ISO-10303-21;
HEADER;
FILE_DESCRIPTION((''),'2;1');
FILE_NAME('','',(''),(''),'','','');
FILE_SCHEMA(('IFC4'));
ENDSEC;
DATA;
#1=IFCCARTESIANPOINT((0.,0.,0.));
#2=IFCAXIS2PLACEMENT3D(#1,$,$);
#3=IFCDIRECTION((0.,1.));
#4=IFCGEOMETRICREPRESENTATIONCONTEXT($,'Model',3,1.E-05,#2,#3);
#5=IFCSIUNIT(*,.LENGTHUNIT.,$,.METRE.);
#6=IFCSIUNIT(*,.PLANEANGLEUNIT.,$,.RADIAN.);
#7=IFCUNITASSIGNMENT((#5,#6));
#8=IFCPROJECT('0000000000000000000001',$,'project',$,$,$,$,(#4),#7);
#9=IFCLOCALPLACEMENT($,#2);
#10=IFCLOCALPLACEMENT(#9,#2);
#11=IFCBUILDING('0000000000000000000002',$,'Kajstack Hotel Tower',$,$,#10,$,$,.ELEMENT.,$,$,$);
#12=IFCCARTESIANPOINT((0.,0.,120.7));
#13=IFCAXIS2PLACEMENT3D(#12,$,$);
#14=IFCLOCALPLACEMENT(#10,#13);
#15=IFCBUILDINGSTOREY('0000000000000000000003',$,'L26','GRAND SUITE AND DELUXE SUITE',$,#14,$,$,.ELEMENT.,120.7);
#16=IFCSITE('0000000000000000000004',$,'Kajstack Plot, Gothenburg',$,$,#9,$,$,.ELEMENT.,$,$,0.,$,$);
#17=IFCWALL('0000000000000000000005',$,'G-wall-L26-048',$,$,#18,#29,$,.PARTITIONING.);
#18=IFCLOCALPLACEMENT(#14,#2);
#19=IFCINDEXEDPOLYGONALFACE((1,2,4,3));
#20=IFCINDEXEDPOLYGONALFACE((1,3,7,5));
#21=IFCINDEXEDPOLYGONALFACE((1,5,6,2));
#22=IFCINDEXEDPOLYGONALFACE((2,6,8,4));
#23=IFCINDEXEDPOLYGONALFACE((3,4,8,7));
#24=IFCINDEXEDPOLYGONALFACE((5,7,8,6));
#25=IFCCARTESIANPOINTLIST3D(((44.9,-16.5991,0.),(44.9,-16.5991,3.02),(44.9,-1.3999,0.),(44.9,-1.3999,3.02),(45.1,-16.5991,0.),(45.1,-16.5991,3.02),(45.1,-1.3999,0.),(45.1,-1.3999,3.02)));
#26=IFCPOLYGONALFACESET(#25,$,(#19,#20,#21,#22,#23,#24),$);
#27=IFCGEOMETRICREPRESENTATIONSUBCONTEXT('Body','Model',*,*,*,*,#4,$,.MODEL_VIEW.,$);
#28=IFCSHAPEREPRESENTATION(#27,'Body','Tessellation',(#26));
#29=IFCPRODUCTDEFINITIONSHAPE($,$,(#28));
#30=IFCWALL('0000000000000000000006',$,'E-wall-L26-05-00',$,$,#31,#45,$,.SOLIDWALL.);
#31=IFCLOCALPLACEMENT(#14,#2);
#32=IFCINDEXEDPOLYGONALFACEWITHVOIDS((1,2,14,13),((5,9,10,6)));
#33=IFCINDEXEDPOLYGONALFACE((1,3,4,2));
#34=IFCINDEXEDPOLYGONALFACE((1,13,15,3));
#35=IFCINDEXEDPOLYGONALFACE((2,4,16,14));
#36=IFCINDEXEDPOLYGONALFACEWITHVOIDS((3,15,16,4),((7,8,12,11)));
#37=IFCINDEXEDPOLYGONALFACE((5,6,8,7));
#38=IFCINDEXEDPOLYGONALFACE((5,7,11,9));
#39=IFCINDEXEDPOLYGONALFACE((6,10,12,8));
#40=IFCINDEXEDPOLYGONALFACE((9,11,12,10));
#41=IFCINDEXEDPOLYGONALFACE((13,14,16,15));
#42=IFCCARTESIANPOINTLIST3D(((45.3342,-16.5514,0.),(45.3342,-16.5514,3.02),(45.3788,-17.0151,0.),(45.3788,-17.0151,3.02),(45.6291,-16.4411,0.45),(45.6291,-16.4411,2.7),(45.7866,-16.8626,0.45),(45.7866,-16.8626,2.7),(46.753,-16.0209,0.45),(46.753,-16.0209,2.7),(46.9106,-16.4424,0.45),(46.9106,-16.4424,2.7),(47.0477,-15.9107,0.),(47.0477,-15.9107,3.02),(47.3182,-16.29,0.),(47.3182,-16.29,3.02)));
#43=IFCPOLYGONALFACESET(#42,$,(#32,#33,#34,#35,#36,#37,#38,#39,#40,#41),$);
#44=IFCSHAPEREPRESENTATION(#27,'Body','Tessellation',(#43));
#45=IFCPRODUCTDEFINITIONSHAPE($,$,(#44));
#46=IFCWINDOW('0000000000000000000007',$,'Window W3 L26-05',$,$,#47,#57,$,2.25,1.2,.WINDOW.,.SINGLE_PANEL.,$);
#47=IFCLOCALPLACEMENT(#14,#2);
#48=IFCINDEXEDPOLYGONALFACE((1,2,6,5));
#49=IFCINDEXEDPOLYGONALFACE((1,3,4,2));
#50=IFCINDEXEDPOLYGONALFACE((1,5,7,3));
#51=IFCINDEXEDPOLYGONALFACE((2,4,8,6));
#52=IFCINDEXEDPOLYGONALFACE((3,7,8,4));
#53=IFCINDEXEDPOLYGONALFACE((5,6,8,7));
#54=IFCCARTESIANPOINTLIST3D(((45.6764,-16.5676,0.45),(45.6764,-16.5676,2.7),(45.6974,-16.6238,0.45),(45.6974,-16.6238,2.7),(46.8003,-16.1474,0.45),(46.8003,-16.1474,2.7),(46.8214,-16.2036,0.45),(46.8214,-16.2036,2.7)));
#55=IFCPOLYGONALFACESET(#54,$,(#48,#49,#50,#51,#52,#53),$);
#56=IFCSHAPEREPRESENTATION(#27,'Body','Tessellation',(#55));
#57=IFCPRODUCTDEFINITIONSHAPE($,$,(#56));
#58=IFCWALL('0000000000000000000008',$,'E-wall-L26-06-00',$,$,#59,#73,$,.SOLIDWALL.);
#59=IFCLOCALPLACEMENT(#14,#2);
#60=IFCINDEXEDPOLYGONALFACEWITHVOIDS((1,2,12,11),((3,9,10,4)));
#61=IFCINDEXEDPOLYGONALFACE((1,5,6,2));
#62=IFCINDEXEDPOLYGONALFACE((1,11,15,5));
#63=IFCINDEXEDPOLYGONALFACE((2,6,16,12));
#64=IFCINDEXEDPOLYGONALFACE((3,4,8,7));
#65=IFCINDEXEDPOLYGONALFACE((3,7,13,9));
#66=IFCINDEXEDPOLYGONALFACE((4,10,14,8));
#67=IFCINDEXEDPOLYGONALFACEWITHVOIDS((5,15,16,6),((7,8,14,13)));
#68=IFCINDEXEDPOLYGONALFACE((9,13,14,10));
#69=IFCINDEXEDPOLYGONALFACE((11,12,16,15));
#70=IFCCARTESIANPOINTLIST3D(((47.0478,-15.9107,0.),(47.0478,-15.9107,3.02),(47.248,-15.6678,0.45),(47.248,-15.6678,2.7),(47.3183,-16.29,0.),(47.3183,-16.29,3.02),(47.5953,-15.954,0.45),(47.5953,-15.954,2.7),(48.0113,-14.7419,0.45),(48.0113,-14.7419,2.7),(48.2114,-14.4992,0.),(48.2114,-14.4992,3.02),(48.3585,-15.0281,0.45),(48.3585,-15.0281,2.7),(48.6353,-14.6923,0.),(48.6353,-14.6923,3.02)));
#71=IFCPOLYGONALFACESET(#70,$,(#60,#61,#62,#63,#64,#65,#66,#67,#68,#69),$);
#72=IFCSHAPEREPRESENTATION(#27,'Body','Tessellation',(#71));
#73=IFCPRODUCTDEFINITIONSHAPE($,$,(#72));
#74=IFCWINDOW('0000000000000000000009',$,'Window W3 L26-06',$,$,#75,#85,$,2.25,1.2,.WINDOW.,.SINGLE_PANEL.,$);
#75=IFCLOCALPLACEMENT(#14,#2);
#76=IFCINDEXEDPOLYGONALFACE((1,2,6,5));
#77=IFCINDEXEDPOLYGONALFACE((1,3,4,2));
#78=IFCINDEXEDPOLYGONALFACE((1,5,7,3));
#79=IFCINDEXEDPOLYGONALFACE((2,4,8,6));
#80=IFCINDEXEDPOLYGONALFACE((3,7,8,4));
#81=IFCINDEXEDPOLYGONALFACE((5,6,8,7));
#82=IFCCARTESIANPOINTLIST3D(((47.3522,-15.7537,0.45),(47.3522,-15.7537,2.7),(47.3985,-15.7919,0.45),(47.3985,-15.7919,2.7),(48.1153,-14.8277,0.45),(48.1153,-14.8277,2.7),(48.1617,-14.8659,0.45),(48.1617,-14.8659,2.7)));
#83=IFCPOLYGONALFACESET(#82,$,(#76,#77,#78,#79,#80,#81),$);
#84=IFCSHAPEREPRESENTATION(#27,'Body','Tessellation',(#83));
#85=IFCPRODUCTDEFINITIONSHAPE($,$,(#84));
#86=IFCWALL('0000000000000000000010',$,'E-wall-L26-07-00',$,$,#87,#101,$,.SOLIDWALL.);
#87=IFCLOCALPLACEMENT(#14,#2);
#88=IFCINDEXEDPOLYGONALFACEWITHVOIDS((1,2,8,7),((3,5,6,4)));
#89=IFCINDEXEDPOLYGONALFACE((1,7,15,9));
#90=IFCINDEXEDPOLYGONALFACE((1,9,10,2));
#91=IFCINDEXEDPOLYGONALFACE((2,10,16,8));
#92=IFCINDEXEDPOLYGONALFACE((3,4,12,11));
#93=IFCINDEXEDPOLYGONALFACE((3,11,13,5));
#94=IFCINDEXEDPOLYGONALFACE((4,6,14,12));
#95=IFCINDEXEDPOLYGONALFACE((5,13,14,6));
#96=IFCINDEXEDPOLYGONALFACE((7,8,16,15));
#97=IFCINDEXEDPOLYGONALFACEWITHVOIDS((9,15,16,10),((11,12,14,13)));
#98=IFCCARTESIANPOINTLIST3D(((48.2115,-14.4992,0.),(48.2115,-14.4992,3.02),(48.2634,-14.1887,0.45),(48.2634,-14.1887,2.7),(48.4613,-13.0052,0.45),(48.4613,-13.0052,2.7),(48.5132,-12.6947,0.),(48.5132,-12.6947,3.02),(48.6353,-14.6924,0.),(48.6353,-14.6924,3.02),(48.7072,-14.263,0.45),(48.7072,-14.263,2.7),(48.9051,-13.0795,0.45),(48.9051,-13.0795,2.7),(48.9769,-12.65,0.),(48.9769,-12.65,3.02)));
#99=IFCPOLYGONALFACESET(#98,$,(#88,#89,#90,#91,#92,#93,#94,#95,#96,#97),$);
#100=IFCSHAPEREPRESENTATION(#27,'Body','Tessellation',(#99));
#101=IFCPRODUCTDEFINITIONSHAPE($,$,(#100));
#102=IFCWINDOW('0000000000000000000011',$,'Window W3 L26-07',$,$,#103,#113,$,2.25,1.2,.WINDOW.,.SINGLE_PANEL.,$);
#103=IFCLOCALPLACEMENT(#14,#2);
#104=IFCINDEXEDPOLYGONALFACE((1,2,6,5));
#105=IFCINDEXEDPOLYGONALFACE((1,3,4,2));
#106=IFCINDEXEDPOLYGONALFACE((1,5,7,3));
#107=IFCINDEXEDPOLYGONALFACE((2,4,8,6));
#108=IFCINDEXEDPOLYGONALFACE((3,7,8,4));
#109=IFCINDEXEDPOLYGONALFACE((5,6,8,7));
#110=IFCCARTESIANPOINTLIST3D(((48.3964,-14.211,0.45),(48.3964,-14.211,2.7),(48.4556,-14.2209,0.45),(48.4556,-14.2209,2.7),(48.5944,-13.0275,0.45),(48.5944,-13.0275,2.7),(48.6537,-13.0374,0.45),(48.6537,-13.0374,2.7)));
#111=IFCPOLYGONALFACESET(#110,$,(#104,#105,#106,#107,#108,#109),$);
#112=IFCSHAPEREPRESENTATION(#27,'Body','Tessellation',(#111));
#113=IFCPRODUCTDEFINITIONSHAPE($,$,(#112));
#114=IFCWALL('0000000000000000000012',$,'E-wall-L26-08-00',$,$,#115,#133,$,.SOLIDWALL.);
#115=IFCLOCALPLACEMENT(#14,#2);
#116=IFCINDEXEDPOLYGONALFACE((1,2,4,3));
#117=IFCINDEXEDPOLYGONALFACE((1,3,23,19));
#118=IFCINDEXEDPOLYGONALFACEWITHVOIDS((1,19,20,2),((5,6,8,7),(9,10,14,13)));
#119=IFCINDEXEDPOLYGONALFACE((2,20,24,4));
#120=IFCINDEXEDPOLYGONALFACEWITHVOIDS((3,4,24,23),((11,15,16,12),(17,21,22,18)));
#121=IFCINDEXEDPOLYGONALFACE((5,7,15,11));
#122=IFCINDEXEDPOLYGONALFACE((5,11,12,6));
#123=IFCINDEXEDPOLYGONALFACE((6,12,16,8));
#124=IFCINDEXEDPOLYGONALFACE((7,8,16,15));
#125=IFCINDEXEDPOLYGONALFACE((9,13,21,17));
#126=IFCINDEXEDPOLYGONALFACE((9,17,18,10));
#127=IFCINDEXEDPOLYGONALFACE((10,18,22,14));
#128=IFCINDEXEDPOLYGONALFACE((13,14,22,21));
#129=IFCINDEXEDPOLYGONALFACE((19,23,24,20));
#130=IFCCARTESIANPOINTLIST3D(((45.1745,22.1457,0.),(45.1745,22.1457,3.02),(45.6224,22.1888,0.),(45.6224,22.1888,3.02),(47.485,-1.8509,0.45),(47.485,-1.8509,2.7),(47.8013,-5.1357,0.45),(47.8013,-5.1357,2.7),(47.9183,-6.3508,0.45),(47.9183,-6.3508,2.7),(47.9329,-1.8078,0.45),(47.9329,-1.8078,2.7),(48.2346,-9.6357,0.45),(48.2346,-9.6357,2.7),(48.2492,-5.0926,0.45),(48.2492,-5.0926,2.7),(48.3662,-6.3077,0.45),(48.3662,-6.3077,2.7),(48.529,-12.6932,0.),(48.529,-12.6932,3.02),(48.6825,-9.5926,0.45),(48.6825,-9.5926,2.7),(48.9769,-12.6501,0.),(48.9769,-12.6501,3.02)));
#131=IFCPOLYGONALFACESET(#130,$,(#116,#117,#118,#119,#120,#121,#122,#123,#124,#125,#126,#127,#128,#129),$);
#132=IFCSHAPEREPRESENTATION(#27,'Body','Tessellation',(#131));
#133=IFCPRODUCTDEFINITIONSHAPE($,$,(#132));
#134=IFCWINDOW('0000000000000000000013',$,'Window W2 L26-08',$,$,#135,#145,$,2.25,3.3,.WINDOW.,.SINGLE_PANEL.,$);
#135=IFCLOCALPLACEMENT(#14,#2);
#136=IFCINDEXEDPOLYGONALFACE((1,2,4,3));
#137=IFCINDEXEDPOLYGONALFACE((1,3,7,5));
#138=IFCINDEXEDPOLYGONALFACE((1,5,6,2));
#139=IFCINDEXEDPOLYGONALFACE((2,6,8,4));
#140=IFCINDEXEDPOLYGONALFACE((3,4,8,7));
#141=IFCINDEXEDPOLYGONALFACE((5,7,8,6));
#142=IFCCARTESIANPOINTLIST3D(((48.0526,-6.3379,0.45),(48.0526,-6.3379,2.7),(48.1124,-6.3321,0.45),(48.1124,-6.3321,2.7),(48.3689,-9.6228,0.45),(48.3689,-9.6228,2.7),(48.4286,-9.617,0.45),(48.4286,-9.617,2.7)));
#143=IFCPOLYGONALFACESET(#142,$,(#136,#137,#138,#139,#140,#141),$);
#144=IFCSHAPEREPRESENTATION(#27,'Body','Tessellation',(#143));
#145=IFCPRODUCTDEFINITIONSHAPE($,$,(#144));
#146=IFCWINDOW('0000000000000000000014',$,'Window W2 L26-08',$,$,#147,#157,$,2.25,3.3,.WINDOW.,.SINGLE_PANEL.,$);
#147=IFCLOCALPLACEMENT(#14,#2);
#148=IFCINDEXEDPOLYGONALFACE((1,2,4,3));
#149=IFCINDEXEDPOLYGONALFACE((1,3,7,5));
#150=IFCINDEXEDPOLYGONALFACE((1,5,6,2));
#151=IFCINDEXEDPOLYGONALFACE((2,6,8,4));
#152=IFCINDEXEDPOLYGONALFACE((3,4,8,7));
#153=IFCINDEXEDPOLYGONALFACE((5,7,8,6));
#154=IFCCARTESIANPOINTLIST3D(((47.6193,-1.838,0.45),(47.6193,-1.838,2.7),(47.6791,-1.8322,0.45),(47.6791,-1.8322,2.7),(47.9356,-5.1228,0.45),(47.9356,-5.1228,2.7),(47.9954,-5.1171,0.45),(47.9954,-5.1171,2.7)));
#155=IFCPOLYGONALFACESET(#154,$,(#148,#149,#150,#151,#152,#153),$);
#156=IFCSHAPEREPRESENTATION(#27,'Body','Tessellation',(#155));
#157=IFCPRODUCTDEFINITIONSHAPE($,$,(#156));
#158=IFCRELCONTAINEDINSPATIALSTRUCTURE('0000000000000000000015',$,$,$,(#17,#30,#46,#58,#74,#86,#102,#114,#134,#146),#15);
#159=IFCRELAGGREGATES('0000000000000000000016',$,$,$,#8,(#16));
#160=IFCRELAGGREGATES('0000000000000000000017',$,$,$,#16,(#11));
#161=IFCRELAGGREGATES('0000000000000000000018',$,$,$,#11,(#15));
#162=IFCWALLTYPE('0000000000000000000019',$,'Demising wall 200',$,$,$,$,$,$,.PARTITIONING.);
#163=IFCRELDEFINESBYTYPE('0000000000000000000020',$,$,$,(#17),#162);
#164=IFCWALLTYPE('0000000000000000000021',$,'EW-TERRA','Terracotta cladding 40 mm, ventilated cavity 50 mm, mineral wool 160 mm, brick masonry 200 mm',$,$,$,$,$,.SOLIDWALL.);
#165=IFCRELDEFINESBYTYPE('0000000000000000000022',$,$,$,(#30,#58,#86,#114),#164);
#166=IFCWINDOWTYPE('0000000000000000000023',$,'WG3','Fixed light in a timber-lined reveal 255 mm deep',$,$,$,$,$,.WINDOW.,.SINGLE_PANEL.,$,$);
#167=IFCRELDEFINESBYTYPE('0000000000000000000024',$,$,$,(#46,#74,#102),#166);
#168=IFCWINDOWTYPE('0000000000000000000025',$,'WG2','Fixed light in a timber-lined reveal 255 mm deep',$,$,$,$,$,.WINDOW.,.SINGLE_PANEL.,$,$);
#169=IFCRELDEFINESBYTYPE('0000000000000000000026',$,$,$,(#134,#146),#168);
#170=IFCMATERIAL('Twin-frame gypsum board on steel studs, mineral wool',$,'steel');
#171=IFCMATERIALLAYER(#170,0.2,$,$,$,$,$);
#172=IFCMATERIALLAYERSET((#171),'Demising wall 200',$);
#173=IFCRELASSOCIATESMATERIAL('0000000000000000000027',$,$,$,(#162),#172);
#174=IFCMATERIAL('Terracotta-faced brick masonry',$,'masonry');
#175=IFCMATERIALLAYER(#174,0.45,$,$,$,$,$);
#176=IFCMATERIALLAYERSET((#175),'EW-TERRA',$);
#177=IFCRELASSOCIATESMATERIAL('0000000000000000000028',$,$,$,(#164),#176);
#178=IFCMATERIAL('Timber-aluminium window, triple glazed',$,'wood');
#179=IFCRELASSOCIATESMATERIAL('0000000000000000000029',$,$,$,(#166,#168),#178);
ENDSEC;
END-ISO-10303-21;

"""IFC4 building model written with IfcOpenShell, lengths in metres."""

from ifc_helpers import new_model, si_unit, direction, frame, frame_2d, origin, place, context, subcontext, project, spatial, polyline, rectangle, outline, extrude, material, layer, layer_set, type_object, element, fill, save


model = new_model("IFC4")

# Units and contexts
model_context = context("Model", 3, precision=1e-05, world=origin(), true_north=direction((0.0, 1.0)))
body_context = subcontext(model_context, "Body", "Model", "MODEL_VIEW")
ifc_project = project(units=[si_unit("LENGTHUNIT", "METRE"), si_unit("PLANEANGLEUNIT", "RADIAN")], contexts=[model_context])

# Site, building, storey
site_placement = place(None, origin())
site = spatial("IfcSite", under=ifc_project, at=site_placement, Name="Kajstack Plot, Gothenburg", CompositionType="ELEMENT", RefElevation=0.0)
building_placement = place(site_placement, origin())
building = spatial("IfcBuilding", under=site, at=building_placement, Name="Kajstack Hotel Tower", CompositionType="ELEMENT")
storey_placement = place(building_placement, frame((0.0, 0.0, 120.7)))
storey = spatial("IfcBuildingStorey", under=building, at=storey_placement, Name="L26", Description="GRAND SUITE AND DELUXE SUITE", CompositionType="ELEMENT", Elevation=120.7)

# Wall
ifc_material_1 = material(Name="Twin-frame gypsum board on steel studs, mineral wool", Category="steel")
ifc_layer_1 = layer(ifc_material_1, 0.2)
ifc_layer_set_1 = layer_set([ifc_layer_1], Name="Demising wall 200")
wall_type_1 = type_object("IfcWallType", Name="Demising wall 200", PredefinedType="PARTITIONING", material=ifc_layer_set_1)
wall_1_placement = place(storey_placement, frame((45.0, -16.5991, 0.0), z_axis=(0.0, 0.0, 1.0), x_axis=(0.0, 1.0, 0.0)))
element("IfcWall", 1, at=wall_1_placement, inside=storey, type_object=wall_type_1, Name="G-wall-L26-048", PredefinedType="PARTITIONING", context=body_context, shape_type="SweptSolid", body=[
    extrude(rectangle(XDim=15.1992, YDim=0.2, at=frame_2d((7.5996, 0.0))), origin(), (0.0, 0.0, 1.0), 3.02),
])

# Walls, openings, windows
ifc_material_2 = material(Name="Terracotta-faced brick masonry", Category="masonry")
ifc_layer_2 = layer(ifc_material_2, 0.45)
ifc_layer_set_2 = layer_set([ifc_layer_2], Name="EW-TERRA")
wall_type_2 = type_object("IfcWallType", Name="EW-TERRA", Description="Terracotta cladding 40 mm, ventilated cavity 50 mm, mineral wool 160 mm, brick masonry 200 mm", PredefinedType="SOLIDWALL", material=ifc_layer_set_2)
wall_2_placement = place(storey_placement, frame((45.3, -16.8044, 0.0), z_axis=(0.0, 0.0, 1.0), x_axis=(0.936678, 0.350193, 0.0)))
wall_2 = element("IfcWall", 2, at=wall_2_placement, inside=storey, type_object=wall_type_2, Name="E-wall-L26-05-00", PredefinedType="SOLIDWALL", context=body_context, shape_type="SweptSolid", body=[
    extrude(outline(polyline([(0.0, -0.2249), (2.0706, -0.2249), (1.95, 0.2251), (0.1206, 0.2251), (0.0, -0.2249)])), origin(), (0.0, 0.0, 1.0), 3.02),
])
opening_1_placement = place(wall_2_placement, frame((0.4353, 0.0, 0.45)))
opening_1 = element("IfcOpeningElement", 3, at=opening_1_placement, cuts=wall_2, PredefinedType="OPENING", context=body_context, shape_type="SweptSolid", body=[
    extrude(rectangle(XDim=1.2, YDim=2.25, at=frame_2d((0.6001, 1.125))), frame((0.0, 0.2349, 0.0), z_axis=(0.0, -1.0, 0.0), x_axis=(1.0, 0.0, 0.0)), (0.0, 0.0, 1.0), 0.47),
])
ifc_material_3 = material(Name="Timber-aluminium window, triple glazed", Category="wood")
window_type_1 = type_object("IfcWindowType", Name="WG3", Description="Fixed light in a timber-lined reveal 255 mm deep", PartitioningType="SINGLE_PANEL", PredefinedType="WINDOW", material=ifc_material_3)
window_1_placement = place(opening_1_placement, origin())
window_1 = element("IfcWindow", 4, at=window_1_placement, inside=storey, type_object=window_type_1, Name="Window W3 L26-05", OverallHeight=2.25, OverallWidth=1.2, PartitioningType="SINGLE_PANEL", PredefinedType="WINDOW", context=body_context, shape_type="SweptSolid", body=[
    extrude(rectangle(XDim=1.2, YDim=2.25, at=frame_2d((0.6001, 1.125))), frame((0.0, 0.0901, 0.0), z_axis=(0.0, -1.0, 0.0), x_axis=(1.0, 0.0, 0.0)), (0.0, 0.0, 1.0), 0.0601),
])
fill(opening_1, window_1)
wall_3_placement = place(storey_placement, frame((47.1448, -16.147, 0.0), z_axis=(0.0, 0.0, 1.0), x_axis=(0.635988, 0.771699, 0.0)))
wall_3 = element("IfcWall", 5, at=wall_3_placement, inside=storey, type_object=wall_type_2, Name="E-wall-L26-06-00", PredefinedType="SOLIDWALL", context=body_context, shape_type="SweptSolid", body=[
    extrude(outline(polyline([(0.0, -0.2249), (2.0706, -0.2251), (1.95, 0.2249), (0.1206, 0.2251), (0.0, -0.2249)])), origin(), (0.0, 0.0, 1.0), 3.02),
])
opening_2_placement = place(wall_3_placement, frame((0.4353, 0.0, 0.45)))
opening_2 = element("IfcOpeningElement", 6, at=opening_2_placement, cuts=wall_3, PredefinedType="OPENING", context=body_context, shape_type="SweptSolid", body=[
    extrude(rectangle(XDim=1.2, YDim=2.25, at=frame_2d((0.6001, 1.125))), frame((0.0, 0.2349, 0.0), z_axis=(0.0, -1.0, 0.0), x_axis=(1.0, 0.0, 0.0)), (0.0, 0.0, 1.0), 0.47),
])
window_2_placement = place(opening_2_placement, origin())
window_2 = element("IfcWindow", 7, at=window_2_placement, inside=storey, type_object=window_type_1, Name="Window W3 L26-06", OverallHeight=2.25, OverallWidth=1.2, PartitioningType="SINGLE_PANEL", PredefinedType="WINDOW", context=body_context, shape_type="SweptSolid", body=[
    extrude(rectangle(XDim=1.2, YDim=2.25, at=frame_2d((0.6001, 1.125))), frame((0.0, 0.0901, 0.0), z_axis=(0.0, -1.0, 0.0), x_axis=(1.0, 0.0, 0.0)), (0.0, 0.0, 1.0), 0.0601),
])
fill(opening_2, window_2)
wall_4_placement = place(storey_placement, frame((48.4133, -14.6553, 0.0), z_axis=(0.0, 0.0, 1.0), x_axis=(0.165068, 0.986282, 0.0)))
wall_4 = element("IfcWall", 8, at=wall_4_placement, inside=storey, type_object=wall_type_2, Name="E-wall-L26-07-00", PredefinedType="SOLIDWALL", context=body_context, shape_type="SweptSolid", body=[
    extrude(outline(polyline([(0.0, -0.2251), (2.0708, -0.2249), (1.9502, 0.2251), (0.1206, 0.2249), (0.0, -0.2251)])), origin(), (0.0, 0.0, 1.0), 3.02),
])
opening_3_placement = place(wall_4_placement, frame((0.4353, 0.0, 0.45)))
opening_3 = element("IfcOpeningElement", 9, at=opening_3_placement, cuts=wall_4, PredefinedType="OPENING", context=body_context, shape_type="SweptSolid", body=[
    extrude(rectangle(XDim=1.2, YDim=2.25, at=frame_2d((0.6001, 1.125))), frame((0.0, 0.2349, 0.0), z_axis=(0.0, -1.0, 0.0), x_axis=(1.0, 0.0, 0.0)), (0.0, 0.0, 1.0), 0.47),
])
window_3_placement = place(opening_3_placement, origin())
window_3 = element("IfcWindow", 10, at=window_3_placement, inside=storey, type_object=window_type_1, Name="Window W3 L26-07", OverallHeight=2.25, OverallWidth=1.2, PartitioningType="SINGLE_PANEL", PredefinedType="WINDOW", context=body_context, shape_type="SweptSolid", body=[
    extrude(rectangle(XDim=1.2, YDim=2.25, at=frame_2d((0.6001, 1.125))), frame((0.0, 0.0901, 0.0), z_axis=(0.0, -1.0, 0.0), x_axis=(1.0, 0.0, 0.0)), (0.0, 0.0, 1.0), 0.0601),
])
fill(opening_3, window_3)

# Wall, openings, windows
wall_5_placement = place(storey_placement, frame((48.7529, -12.6716, 0.0), z_axis=(0.0, 0.0, 1.0), x_axis=(-0.095843, 0.995396, 0.0)))
wall_5 = element("IfcWall", 11, at=wall_5_placement, inside=storey, type_object=wall_type_2, Name="E-wall-L26-08-00", PredefinedType="SOLIDWALL", context=body_context, shape_type="SweptSolid", body=[
    extrude(rectangle(XDim=35.0, YDim=0.45, at=frame_2d((17.5, 0.0))), origin(), (0.0, 0.0, 1.0), 3.02),
])
opening_4_placement = place(wall_5_placement, frame((3.0718, 0.0, 0.45)))
opening_4 = element("IfcOpeningElement", 12, at=opening_4_placement, cuts=wall_5, PredefinedType="OPENING", context=body_context, shape_type="SweptSolid", body=[
    extrude(rectangle(XDim=3.3, YDim=2.25, at=frame_2d((1.6499, 1.125))), frame((0.0, 0.2349, 0.0), z_axis=(0.0, -1.0, 0.0), x_axis=(1.0, 0.0, 0.0)), (0.0, 0.0, 1.0), 0.47),
])
opening_5_placement = place(wall_5_placement, frame((7.5925, 0.0, 0.45)))
opening_5 = element("IfcOpeningElement", 13, at=opening_5_placement, cuts=wall_5, PredefinedType="OPENING", context=body_context, shape_type="SweptSolid", body=[
    extrude(rectangle(XDim=3.3, YDim=2.25, at=frame_2d((1.6499, 1.125))), frame((0.0, 0.2349, 0.0), z_axis=(0.0, -1.0, 0.0), x_axis=(1.0, 0.0, 0.0)), (0.0, 0.0, 1.0), 0.47),
])
window_type_2 = type_object("IfcWindowType", Name="WG2", Description="Fixed light in a timber-lined reveal 255 mm deep", PartitioningType="SINGLE_PANEL", PredefinedType="WINDOW", material=ifc_material_3)
window_4_placement = place(opening_4_placement, origin())
window_4 = element("IfcWindow", 14, at=window_4_placement, inside=storey, type_object=window_type_2, Name="Window W2 L26-08", OverallHeight=2.25, OverallWidth=3.3, PartitioningType="SINGLE_PANEL", PredefinedType="WINDOW", context=body_context, shape_type="SweptSolid", body=[
    extrude(rectangle(XDim=3.3, YDim=2.25, at=frame_2d((1.6499, 1.125))), frame((0.0, 0.0901, 0.0), z_axis=(0.0, -1.0, 0.0), x_axis=(1.0, 0.0, 0.0)), (0.0, 0.0, 1.0), 0.0601),
])
fill(opening_4, window_4)
window_5_placement = place(opening_5_placement, origin())
window_5 = element("IfcWindow", 15, at=window_5_placement, inside=storey, type_object=window_type_2, Name="Window W2 L26-08", OverallHeight=2.25, OverallWidth=3.3, PartitioningType="SINGLE_PANEL", PredefinedType="WINDOW", context=body_context, shape_type="SweptSolid", body=[
    extrude(rectangle(XDim=3.3, YDim=2.25, at=frame_2d((1.6499, 1.125))), frame((0.0, 0.0901, 0.0), z_axis=(0.0, -1.0, 0.0), x_axis=(1.0, 0.0, 0.0)), (0.0, 0.0, 1.0), 0.0601),
])
fill(opening_5, window_5)

save(model, "model.ifc")
